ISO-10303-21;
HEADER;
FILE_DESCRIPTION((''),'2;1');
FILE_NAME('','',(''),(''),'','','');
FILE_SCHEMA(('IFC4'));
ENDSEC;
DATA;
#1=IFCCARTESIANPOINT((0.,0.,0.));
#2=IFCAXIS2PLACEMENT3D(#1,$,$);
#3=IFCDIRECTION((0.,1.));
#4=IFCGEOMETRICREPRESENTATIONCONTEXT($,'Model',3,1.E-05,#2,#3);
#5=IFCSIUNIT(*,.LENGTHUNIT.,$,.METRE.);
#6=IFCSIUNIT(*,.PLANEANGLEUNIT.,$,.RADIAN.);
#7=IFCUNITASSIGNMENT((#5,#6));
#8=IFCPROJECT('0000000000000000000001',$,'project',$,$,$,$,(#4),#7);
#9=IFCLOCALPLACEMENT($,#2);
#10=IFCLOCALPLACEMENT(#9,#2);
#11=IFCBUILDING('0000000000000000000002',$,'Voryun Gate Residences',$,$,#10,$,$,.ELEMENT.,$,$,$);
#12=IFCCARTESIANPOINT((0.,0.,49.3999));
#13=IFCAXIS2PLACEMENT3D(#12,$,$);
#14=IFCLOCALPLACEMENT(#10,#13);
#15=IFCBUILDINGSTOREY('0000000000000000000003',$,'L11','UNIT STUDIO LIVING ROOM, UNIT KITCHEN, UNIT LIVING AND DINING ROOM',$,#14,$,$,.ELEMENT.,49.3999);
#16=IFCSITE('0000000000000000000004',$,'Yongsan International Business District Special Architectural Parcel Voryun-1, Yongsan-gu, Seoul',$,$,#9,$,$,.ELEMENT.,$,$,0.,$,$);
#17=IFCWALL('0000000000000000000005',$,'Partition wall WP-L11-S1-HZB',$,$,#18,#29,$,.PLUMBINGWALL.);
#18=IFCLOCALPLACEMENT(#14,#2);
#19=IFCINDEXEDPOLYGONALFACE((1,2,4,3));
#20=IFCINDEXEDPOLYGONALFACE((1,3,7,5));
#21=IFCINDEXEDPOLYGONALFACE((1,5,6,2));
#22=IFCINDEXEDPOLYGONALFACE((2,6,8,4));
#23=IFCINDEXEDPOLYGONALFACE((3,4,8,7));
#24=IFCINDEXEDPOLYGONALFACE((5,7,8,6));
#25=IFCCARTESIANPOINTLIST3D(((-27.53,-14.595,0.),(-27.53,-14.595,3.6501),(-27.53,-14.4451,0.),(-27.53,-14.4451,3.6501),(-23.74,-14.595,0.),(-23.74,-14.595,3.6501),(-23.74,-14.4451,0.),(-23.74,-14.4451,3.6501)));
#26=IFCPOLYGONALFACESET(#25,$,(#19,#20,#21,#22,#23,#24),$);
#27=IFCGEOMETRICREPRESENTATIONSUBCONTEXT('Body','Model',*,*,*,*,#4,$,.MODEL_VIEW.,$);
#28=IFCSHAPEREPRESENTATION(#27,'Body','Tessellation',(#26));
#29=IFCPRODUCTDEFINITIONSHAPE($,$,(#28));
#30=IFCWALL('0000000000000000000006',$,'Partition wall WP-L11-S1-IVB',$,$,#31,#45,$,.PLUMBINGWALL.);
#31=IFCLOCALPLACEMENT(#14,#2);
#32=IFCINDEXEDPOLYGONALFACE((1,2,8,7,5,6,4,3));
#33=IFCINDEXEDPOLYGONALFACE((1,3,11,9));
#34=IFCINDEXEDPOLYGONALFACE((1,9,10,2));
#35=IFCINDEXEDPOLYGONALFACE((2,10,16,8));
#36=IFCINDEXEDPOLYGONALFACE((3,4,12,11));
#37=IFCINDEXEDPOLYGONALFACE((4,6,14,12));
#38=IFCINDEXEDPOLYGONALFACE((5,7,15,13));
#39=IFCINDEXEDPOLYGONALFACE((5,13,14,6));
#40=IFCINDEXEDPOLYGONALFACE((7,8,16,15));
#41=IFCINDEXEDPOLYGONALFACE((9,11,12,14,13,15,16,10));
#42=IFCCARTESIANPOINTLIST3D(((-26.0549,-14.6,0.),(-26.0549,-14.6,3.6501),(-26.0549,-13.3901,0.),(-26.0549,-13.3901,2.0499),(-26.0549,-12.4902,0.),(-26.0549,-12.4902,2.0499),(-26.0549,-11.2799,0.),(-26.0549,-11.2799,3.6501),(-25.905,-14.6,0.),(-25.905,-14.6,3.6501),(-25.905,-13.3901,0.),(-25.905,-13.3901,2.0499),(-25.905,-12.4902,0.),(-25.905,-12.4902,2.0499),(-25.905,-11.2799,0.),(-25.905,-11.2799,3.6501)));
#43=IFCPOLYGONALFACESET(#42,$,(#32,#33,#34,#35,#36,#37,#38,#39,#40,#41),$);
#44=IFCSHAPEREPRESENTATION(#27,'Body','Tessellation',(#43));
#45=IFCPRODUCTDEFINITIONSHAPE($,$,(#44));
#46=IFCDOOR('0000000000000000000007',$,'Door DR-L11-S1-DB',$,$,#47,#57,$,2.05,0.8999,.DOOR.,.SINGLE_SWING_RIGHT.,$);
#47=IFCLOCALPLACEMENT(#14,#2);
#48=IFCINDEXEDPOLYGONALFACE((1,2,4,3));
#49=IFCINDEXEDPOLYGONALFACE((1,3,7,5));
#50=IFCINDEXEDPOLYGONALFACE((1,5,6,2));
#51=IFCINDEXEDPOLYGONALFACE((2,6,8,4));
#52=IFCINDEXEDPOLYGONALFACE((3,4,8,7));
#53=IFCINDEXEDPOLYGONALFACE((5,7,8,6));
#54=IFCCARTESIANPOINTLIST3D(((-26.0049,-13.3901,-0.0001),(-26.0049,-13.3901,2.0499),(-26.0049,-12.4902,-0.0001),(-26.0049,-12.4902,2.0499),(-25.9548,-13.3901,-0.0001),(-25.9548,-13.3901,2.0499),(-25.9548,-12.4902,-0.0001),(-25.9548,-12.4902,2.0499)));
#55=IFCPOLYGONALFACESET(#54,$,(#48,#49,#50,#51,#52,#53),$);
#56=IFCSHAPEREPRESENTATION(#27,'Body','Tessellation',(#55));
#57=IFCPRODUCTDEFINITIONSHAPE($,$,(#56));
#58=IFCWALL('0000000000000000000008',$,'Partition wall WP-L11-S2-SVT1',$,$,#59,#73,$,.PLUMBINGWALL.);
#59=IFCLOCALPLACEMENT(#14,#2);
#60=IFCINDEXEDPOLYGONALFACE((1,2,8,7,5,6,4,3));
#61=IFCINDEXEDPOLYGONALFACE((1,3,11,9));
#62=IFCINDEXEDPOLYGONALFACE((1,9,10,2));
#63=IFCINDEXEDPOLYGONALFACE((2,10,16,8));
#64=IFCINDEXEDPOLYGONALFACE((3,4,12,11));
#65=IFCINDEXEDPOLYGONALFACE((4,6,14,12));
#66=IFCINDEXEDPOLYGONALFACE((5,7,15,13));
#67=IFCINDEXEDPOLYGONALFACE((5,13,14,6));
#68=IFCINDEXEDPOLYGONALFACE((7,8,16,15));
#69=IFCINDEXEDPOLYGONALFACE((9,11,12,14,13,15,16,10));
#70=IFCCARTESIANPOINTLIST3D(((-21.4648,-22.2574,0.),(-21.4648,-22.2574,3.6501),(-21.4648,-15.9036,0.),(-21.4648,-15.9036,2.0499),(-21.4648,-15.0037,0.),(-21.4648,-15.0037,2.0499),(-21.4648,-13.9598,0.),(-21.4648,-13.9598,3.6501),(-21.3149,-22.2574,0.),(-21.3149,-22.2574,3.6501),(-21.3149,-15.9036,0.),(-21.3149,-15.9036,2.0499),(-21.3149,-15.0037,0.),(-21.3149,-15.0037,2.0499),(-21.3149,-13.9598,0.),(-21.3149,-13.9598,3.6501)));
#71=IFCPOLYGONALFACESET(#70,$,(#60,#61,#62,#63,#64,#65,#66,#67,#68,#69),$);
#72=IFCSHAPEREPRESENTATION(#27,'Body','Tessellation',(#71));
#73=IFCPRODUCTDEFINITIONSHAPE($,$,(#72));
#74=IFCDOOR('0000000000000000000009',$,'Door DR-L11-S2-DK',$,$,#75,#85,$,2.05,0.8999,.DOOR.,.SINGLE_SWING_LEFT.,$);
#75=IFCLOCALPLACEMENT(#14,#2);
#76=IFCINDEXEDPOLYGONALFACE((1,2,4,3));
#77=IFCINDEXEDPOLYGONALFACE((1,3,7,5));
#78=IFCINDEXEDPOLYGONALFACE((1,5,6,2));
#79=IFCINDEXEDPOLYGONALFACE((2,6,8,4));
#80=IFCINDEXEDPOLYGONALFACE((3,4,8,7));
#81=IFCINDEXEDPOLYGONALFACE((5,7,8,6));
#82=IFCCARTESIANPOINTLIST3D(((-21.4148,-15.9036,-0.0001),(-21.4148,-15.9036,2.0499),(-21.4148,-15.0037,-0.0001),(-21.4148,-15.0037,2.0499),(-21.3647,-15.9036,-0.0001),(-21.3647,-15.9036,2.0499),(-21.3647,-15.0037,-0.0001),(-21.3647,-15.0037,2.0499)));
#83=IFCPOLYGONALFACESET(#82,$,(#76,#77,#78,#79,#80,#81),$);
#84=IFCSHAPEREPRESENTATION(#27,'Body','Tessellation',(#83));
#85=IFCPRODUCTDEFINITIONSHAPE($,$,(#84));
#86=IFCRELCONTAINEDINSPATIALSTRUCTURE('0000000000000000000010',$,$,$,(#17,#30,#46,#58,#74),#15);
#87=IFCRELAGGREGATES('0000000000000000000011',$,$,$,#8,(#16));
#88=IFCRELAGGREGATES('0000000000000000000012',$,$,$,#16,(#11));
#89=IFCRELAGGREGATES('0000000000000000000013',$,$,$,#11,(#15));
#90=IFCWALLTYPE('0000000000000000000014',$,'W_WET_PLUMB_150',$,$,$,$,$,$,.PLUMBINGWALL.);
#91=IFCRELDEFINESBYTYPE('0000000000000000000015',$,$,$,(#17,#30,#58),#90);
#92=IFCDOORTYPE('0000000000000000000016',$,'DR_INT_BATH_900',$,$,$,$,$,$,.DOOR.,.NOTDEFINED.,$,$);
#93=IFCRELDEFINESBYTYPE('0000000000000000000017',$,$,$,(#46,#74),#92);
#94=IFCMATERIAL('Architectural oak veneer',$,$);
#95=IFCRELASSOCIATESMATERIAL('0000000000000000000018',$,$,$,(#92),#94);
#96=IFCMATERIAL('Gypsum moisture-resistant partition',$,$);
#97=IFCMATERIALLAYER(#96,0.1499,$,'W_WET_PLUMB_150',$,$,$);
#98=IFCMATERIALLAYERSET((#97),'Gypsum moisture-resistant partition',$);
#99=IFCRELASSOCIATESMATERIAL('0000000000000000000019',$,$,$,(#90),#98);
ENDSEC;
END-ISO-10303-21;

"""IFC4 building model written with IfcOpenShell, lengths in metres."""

from ifc_helpers import new_model, si_unit, direction, frame, frame_2d, origin, place, context, subcontext, project, spatial, rectangle, extrude, material, layer, layer_set, type_object, element, fill, save


model = new_model("IFC4")

# Units and contexts
model_context = context("Model", 3, precision=1e-05, world=origin(), true_north=direction((0.0, 1.0)))
body_context = subcontext(model_context, "Body", "Model", "MODEL_VIEW")
ifc_project = project(units=[si_unit("LENGTHUNIT", "METRE"), si_unit("PLANEANGLEUNIT", "RADIAN")], contexts=[model_context])

# Site, building, storey
site_placement = place(None, origin())
site = spatial("IfcSite", under=ifc_project, at=site_placement, Name="Yongsan International Business District Special Architectural Parcel Voryun-1, Yongsan-gu, Seoul", CompositionType="ELEMENT", RefElevation=0.0)
building_placement = place(site_placement, origin())
building = spatial("IfcBuilding", under=site, at=building_placement, Name="Voryun Gate Residences", CompositionType="ELEMENT")
storey_placement = place(building_placement, frame((0.0, 0.0, 49.3999)))
storey = spatial("IfcBuildingStorey", under=building, at=storey_placement, Name="L11", Description="UNIT STUDIO LIVING ROOM, UNIT KITCHEN, UNIT LIVING AND DINING ROOM", CompositionType="ELEMENT", Elevation=49.3999)

# Shared definitions
ifc_material_1 = material(Name="Architectural oak veneer")
door_type_1 = type_object("IfcDoorType", Name="DR_INT_BATH_900", OperationType="NOTDEFINED", PredefinedType="DOOR", material=ifc_material_1)

# Wall
ifc_material_2 = material(Name="Gypsum moisture-resistant partition")
ifc_layer_1 = layer(ifc_material_2, 0.1499, Name="W_WET_PLUMB_150")
ifc_layer_set_1 = layer_set([ifc_layer_1], Name="Gypsum moisture-resistant partition")
wall_type_1 = type_object("IfcWallType", Name="W_WET_PLUMB_150", PredefinedType="PLUMBINGWALL", material=ifc_layer_set_1)
wall_1_placement = place(storey_placement, frame((-27.53, -14.52, 0.0), z_axis=(0.0, 0.0, 1.0), x_axis=(1.0, 0.0, 0.0)))
element("IfcWall", 1, at=wall_1_placement, inside=storey, type_object=wall_type_1, Name="Partition wall WP-L11-S1-HZB", PredefinedType="PLUMBINGWALL", context=body_context, shape_type="SweptSolid", body=[
    extrude(rectangle(XDim=3.79, YDim=0.1499, at=frame_2d((1.895, 0.0))), origin(), (0.0, 0.0, 1.0), 3.6501),
])

# Walls, openings, doors
wall_2_placement = place(storey_placement, frame((-25.98, -14.6001, 0.0), z_axis=(0.0, 0.0, 1.0), x_axis=(0.0, 1.0, 0.0)))
wall_2 = element("IfcWall", 2, at=wall_2_placement, inside=storey, type_object=wall_type_1, Name="Partition wall WP-L11-S1-IVB", PredefinedType="PLUMBINGWALL", context=body_context, shape_type="SweptSolid", body=[
    extrude(rectangle(XDim=3.3201, YDim=0.1499, at=frame_2d((1.6602, 0.0))), origin(), (0.0, 0.0, 1.0), 3.6501),
])
opening_1_placement = place(wall_2_placement, frame((1.21, 0.0, 0.0)))
opening_1 = element("IfcOpeningElement", 3, at=opening_1_placement, cuts=wall_2, PredefinedType="OPENING", context=body_context, shape_type="SweptSolid", body=[
    extrude(rectangle(XDim=0.8999, YDim=2.05, at=frame_2d((0.45, 1.0249))), frame((0.0, 0.085, 0.0), z_axis=(0.0, -1.0, 0.0), x_axis=(1.0, 0.0, 0.0)), (0.0, 0.0, 1.0), 0.1699),
])
door_1_placement = place(opening_1_placement, origin())
door_1 = element("IfcDoor", 4, at=door_1_placement, inside=storey, type_object=door_type_1, Name="Door DR-L11-S1-DB", OperationType="SINGLE_SWING_RIGHT", OverallHeight=2.05, OverallWidth=0.8999, PredefinedType="DOOR", context=body_context, shape_type="SweptSolid", body=[
    extrude(rectangle(XDim=0.8999, YDim=2.05, at=frame_2d((0.45, 1.0249))), frame((0.0, 0.0249, 0.0), z_axis=(0.0, -1.0, 0.0), x_axis=(1.0, 0.0, 0.0)), (0.0, 0.0, 1.0), 0.05),
])
fill(opening_1, door_1)
wall_3_placement = place(storey_placement, frame((-21.3899, -22.2576, 0.0), z_axis=(0.0, 0.0, 1.0), x_axis=(0.0, 1.0, 0.0)))
wall_3 = element("IfcWall", 5, at=wall_3_placement, inside=storey, type_object=wall_type_1, Name="Partition wall WP-L11-S2-SVT1", PredefinedType="PLUMBINGWALL", context=body_context, shape_type="SweptSolid", body=[
    extrude(rectangle(XDim=8.2976, YDim=0.1499, at=frame_2d((4.1489, 0.0))), origin(), (0.0, 0.0, 1.0), 3.6501),
])
opening_2_placement = place(wall_3_placement, frame((6.354, 0.0, 0.0)))
opening_2 = element("IfcOpeningElement", 6, at=opening_2_placement, cuts=wall_3, PredefinedType="OPENING", context=body_context, shape_type="SweptSolid", body=[
    extrude(rectangle(XDim=0.8999, YDim=2.05, at=frame_2d((0.45, 1.0249))), frame((0.0, 0.085, 0.0), z_axis=(0.0, -1.0, 0.0), x_axis=(1.0, 0.0, 0.0)), (0.0, 0.0, 1.0), 0.1699),
])
door_2_placement = place(opening_2_placement, origin())
door_2 = element("IfcDoor", 7, at=door_2_placement, inside=storey, type_object=door_type_1, Name="Door DR-L11-S2-DK", OperationType="SINGLE_SWING_LEFT", OverallHeight=2.05, OverallWidth=0.8999, PredefinedType="DOOR", context=body_context, shape_type="SweptSolid", body=[
    extrude(rectangle(XDim=0.8999, YDim=2.05, at=frame_2d((0.45, 1.0249))), frame((0.0, 0.0249, 0.0), z_axis=(0.0, -1.0, 0.0), x_axis=(1.0, 0.0, 0.0)), (0.0, 0.0, 1.0), 0.05),
])
fill(opening_2, door_2)

save(model, "model.ifc")
